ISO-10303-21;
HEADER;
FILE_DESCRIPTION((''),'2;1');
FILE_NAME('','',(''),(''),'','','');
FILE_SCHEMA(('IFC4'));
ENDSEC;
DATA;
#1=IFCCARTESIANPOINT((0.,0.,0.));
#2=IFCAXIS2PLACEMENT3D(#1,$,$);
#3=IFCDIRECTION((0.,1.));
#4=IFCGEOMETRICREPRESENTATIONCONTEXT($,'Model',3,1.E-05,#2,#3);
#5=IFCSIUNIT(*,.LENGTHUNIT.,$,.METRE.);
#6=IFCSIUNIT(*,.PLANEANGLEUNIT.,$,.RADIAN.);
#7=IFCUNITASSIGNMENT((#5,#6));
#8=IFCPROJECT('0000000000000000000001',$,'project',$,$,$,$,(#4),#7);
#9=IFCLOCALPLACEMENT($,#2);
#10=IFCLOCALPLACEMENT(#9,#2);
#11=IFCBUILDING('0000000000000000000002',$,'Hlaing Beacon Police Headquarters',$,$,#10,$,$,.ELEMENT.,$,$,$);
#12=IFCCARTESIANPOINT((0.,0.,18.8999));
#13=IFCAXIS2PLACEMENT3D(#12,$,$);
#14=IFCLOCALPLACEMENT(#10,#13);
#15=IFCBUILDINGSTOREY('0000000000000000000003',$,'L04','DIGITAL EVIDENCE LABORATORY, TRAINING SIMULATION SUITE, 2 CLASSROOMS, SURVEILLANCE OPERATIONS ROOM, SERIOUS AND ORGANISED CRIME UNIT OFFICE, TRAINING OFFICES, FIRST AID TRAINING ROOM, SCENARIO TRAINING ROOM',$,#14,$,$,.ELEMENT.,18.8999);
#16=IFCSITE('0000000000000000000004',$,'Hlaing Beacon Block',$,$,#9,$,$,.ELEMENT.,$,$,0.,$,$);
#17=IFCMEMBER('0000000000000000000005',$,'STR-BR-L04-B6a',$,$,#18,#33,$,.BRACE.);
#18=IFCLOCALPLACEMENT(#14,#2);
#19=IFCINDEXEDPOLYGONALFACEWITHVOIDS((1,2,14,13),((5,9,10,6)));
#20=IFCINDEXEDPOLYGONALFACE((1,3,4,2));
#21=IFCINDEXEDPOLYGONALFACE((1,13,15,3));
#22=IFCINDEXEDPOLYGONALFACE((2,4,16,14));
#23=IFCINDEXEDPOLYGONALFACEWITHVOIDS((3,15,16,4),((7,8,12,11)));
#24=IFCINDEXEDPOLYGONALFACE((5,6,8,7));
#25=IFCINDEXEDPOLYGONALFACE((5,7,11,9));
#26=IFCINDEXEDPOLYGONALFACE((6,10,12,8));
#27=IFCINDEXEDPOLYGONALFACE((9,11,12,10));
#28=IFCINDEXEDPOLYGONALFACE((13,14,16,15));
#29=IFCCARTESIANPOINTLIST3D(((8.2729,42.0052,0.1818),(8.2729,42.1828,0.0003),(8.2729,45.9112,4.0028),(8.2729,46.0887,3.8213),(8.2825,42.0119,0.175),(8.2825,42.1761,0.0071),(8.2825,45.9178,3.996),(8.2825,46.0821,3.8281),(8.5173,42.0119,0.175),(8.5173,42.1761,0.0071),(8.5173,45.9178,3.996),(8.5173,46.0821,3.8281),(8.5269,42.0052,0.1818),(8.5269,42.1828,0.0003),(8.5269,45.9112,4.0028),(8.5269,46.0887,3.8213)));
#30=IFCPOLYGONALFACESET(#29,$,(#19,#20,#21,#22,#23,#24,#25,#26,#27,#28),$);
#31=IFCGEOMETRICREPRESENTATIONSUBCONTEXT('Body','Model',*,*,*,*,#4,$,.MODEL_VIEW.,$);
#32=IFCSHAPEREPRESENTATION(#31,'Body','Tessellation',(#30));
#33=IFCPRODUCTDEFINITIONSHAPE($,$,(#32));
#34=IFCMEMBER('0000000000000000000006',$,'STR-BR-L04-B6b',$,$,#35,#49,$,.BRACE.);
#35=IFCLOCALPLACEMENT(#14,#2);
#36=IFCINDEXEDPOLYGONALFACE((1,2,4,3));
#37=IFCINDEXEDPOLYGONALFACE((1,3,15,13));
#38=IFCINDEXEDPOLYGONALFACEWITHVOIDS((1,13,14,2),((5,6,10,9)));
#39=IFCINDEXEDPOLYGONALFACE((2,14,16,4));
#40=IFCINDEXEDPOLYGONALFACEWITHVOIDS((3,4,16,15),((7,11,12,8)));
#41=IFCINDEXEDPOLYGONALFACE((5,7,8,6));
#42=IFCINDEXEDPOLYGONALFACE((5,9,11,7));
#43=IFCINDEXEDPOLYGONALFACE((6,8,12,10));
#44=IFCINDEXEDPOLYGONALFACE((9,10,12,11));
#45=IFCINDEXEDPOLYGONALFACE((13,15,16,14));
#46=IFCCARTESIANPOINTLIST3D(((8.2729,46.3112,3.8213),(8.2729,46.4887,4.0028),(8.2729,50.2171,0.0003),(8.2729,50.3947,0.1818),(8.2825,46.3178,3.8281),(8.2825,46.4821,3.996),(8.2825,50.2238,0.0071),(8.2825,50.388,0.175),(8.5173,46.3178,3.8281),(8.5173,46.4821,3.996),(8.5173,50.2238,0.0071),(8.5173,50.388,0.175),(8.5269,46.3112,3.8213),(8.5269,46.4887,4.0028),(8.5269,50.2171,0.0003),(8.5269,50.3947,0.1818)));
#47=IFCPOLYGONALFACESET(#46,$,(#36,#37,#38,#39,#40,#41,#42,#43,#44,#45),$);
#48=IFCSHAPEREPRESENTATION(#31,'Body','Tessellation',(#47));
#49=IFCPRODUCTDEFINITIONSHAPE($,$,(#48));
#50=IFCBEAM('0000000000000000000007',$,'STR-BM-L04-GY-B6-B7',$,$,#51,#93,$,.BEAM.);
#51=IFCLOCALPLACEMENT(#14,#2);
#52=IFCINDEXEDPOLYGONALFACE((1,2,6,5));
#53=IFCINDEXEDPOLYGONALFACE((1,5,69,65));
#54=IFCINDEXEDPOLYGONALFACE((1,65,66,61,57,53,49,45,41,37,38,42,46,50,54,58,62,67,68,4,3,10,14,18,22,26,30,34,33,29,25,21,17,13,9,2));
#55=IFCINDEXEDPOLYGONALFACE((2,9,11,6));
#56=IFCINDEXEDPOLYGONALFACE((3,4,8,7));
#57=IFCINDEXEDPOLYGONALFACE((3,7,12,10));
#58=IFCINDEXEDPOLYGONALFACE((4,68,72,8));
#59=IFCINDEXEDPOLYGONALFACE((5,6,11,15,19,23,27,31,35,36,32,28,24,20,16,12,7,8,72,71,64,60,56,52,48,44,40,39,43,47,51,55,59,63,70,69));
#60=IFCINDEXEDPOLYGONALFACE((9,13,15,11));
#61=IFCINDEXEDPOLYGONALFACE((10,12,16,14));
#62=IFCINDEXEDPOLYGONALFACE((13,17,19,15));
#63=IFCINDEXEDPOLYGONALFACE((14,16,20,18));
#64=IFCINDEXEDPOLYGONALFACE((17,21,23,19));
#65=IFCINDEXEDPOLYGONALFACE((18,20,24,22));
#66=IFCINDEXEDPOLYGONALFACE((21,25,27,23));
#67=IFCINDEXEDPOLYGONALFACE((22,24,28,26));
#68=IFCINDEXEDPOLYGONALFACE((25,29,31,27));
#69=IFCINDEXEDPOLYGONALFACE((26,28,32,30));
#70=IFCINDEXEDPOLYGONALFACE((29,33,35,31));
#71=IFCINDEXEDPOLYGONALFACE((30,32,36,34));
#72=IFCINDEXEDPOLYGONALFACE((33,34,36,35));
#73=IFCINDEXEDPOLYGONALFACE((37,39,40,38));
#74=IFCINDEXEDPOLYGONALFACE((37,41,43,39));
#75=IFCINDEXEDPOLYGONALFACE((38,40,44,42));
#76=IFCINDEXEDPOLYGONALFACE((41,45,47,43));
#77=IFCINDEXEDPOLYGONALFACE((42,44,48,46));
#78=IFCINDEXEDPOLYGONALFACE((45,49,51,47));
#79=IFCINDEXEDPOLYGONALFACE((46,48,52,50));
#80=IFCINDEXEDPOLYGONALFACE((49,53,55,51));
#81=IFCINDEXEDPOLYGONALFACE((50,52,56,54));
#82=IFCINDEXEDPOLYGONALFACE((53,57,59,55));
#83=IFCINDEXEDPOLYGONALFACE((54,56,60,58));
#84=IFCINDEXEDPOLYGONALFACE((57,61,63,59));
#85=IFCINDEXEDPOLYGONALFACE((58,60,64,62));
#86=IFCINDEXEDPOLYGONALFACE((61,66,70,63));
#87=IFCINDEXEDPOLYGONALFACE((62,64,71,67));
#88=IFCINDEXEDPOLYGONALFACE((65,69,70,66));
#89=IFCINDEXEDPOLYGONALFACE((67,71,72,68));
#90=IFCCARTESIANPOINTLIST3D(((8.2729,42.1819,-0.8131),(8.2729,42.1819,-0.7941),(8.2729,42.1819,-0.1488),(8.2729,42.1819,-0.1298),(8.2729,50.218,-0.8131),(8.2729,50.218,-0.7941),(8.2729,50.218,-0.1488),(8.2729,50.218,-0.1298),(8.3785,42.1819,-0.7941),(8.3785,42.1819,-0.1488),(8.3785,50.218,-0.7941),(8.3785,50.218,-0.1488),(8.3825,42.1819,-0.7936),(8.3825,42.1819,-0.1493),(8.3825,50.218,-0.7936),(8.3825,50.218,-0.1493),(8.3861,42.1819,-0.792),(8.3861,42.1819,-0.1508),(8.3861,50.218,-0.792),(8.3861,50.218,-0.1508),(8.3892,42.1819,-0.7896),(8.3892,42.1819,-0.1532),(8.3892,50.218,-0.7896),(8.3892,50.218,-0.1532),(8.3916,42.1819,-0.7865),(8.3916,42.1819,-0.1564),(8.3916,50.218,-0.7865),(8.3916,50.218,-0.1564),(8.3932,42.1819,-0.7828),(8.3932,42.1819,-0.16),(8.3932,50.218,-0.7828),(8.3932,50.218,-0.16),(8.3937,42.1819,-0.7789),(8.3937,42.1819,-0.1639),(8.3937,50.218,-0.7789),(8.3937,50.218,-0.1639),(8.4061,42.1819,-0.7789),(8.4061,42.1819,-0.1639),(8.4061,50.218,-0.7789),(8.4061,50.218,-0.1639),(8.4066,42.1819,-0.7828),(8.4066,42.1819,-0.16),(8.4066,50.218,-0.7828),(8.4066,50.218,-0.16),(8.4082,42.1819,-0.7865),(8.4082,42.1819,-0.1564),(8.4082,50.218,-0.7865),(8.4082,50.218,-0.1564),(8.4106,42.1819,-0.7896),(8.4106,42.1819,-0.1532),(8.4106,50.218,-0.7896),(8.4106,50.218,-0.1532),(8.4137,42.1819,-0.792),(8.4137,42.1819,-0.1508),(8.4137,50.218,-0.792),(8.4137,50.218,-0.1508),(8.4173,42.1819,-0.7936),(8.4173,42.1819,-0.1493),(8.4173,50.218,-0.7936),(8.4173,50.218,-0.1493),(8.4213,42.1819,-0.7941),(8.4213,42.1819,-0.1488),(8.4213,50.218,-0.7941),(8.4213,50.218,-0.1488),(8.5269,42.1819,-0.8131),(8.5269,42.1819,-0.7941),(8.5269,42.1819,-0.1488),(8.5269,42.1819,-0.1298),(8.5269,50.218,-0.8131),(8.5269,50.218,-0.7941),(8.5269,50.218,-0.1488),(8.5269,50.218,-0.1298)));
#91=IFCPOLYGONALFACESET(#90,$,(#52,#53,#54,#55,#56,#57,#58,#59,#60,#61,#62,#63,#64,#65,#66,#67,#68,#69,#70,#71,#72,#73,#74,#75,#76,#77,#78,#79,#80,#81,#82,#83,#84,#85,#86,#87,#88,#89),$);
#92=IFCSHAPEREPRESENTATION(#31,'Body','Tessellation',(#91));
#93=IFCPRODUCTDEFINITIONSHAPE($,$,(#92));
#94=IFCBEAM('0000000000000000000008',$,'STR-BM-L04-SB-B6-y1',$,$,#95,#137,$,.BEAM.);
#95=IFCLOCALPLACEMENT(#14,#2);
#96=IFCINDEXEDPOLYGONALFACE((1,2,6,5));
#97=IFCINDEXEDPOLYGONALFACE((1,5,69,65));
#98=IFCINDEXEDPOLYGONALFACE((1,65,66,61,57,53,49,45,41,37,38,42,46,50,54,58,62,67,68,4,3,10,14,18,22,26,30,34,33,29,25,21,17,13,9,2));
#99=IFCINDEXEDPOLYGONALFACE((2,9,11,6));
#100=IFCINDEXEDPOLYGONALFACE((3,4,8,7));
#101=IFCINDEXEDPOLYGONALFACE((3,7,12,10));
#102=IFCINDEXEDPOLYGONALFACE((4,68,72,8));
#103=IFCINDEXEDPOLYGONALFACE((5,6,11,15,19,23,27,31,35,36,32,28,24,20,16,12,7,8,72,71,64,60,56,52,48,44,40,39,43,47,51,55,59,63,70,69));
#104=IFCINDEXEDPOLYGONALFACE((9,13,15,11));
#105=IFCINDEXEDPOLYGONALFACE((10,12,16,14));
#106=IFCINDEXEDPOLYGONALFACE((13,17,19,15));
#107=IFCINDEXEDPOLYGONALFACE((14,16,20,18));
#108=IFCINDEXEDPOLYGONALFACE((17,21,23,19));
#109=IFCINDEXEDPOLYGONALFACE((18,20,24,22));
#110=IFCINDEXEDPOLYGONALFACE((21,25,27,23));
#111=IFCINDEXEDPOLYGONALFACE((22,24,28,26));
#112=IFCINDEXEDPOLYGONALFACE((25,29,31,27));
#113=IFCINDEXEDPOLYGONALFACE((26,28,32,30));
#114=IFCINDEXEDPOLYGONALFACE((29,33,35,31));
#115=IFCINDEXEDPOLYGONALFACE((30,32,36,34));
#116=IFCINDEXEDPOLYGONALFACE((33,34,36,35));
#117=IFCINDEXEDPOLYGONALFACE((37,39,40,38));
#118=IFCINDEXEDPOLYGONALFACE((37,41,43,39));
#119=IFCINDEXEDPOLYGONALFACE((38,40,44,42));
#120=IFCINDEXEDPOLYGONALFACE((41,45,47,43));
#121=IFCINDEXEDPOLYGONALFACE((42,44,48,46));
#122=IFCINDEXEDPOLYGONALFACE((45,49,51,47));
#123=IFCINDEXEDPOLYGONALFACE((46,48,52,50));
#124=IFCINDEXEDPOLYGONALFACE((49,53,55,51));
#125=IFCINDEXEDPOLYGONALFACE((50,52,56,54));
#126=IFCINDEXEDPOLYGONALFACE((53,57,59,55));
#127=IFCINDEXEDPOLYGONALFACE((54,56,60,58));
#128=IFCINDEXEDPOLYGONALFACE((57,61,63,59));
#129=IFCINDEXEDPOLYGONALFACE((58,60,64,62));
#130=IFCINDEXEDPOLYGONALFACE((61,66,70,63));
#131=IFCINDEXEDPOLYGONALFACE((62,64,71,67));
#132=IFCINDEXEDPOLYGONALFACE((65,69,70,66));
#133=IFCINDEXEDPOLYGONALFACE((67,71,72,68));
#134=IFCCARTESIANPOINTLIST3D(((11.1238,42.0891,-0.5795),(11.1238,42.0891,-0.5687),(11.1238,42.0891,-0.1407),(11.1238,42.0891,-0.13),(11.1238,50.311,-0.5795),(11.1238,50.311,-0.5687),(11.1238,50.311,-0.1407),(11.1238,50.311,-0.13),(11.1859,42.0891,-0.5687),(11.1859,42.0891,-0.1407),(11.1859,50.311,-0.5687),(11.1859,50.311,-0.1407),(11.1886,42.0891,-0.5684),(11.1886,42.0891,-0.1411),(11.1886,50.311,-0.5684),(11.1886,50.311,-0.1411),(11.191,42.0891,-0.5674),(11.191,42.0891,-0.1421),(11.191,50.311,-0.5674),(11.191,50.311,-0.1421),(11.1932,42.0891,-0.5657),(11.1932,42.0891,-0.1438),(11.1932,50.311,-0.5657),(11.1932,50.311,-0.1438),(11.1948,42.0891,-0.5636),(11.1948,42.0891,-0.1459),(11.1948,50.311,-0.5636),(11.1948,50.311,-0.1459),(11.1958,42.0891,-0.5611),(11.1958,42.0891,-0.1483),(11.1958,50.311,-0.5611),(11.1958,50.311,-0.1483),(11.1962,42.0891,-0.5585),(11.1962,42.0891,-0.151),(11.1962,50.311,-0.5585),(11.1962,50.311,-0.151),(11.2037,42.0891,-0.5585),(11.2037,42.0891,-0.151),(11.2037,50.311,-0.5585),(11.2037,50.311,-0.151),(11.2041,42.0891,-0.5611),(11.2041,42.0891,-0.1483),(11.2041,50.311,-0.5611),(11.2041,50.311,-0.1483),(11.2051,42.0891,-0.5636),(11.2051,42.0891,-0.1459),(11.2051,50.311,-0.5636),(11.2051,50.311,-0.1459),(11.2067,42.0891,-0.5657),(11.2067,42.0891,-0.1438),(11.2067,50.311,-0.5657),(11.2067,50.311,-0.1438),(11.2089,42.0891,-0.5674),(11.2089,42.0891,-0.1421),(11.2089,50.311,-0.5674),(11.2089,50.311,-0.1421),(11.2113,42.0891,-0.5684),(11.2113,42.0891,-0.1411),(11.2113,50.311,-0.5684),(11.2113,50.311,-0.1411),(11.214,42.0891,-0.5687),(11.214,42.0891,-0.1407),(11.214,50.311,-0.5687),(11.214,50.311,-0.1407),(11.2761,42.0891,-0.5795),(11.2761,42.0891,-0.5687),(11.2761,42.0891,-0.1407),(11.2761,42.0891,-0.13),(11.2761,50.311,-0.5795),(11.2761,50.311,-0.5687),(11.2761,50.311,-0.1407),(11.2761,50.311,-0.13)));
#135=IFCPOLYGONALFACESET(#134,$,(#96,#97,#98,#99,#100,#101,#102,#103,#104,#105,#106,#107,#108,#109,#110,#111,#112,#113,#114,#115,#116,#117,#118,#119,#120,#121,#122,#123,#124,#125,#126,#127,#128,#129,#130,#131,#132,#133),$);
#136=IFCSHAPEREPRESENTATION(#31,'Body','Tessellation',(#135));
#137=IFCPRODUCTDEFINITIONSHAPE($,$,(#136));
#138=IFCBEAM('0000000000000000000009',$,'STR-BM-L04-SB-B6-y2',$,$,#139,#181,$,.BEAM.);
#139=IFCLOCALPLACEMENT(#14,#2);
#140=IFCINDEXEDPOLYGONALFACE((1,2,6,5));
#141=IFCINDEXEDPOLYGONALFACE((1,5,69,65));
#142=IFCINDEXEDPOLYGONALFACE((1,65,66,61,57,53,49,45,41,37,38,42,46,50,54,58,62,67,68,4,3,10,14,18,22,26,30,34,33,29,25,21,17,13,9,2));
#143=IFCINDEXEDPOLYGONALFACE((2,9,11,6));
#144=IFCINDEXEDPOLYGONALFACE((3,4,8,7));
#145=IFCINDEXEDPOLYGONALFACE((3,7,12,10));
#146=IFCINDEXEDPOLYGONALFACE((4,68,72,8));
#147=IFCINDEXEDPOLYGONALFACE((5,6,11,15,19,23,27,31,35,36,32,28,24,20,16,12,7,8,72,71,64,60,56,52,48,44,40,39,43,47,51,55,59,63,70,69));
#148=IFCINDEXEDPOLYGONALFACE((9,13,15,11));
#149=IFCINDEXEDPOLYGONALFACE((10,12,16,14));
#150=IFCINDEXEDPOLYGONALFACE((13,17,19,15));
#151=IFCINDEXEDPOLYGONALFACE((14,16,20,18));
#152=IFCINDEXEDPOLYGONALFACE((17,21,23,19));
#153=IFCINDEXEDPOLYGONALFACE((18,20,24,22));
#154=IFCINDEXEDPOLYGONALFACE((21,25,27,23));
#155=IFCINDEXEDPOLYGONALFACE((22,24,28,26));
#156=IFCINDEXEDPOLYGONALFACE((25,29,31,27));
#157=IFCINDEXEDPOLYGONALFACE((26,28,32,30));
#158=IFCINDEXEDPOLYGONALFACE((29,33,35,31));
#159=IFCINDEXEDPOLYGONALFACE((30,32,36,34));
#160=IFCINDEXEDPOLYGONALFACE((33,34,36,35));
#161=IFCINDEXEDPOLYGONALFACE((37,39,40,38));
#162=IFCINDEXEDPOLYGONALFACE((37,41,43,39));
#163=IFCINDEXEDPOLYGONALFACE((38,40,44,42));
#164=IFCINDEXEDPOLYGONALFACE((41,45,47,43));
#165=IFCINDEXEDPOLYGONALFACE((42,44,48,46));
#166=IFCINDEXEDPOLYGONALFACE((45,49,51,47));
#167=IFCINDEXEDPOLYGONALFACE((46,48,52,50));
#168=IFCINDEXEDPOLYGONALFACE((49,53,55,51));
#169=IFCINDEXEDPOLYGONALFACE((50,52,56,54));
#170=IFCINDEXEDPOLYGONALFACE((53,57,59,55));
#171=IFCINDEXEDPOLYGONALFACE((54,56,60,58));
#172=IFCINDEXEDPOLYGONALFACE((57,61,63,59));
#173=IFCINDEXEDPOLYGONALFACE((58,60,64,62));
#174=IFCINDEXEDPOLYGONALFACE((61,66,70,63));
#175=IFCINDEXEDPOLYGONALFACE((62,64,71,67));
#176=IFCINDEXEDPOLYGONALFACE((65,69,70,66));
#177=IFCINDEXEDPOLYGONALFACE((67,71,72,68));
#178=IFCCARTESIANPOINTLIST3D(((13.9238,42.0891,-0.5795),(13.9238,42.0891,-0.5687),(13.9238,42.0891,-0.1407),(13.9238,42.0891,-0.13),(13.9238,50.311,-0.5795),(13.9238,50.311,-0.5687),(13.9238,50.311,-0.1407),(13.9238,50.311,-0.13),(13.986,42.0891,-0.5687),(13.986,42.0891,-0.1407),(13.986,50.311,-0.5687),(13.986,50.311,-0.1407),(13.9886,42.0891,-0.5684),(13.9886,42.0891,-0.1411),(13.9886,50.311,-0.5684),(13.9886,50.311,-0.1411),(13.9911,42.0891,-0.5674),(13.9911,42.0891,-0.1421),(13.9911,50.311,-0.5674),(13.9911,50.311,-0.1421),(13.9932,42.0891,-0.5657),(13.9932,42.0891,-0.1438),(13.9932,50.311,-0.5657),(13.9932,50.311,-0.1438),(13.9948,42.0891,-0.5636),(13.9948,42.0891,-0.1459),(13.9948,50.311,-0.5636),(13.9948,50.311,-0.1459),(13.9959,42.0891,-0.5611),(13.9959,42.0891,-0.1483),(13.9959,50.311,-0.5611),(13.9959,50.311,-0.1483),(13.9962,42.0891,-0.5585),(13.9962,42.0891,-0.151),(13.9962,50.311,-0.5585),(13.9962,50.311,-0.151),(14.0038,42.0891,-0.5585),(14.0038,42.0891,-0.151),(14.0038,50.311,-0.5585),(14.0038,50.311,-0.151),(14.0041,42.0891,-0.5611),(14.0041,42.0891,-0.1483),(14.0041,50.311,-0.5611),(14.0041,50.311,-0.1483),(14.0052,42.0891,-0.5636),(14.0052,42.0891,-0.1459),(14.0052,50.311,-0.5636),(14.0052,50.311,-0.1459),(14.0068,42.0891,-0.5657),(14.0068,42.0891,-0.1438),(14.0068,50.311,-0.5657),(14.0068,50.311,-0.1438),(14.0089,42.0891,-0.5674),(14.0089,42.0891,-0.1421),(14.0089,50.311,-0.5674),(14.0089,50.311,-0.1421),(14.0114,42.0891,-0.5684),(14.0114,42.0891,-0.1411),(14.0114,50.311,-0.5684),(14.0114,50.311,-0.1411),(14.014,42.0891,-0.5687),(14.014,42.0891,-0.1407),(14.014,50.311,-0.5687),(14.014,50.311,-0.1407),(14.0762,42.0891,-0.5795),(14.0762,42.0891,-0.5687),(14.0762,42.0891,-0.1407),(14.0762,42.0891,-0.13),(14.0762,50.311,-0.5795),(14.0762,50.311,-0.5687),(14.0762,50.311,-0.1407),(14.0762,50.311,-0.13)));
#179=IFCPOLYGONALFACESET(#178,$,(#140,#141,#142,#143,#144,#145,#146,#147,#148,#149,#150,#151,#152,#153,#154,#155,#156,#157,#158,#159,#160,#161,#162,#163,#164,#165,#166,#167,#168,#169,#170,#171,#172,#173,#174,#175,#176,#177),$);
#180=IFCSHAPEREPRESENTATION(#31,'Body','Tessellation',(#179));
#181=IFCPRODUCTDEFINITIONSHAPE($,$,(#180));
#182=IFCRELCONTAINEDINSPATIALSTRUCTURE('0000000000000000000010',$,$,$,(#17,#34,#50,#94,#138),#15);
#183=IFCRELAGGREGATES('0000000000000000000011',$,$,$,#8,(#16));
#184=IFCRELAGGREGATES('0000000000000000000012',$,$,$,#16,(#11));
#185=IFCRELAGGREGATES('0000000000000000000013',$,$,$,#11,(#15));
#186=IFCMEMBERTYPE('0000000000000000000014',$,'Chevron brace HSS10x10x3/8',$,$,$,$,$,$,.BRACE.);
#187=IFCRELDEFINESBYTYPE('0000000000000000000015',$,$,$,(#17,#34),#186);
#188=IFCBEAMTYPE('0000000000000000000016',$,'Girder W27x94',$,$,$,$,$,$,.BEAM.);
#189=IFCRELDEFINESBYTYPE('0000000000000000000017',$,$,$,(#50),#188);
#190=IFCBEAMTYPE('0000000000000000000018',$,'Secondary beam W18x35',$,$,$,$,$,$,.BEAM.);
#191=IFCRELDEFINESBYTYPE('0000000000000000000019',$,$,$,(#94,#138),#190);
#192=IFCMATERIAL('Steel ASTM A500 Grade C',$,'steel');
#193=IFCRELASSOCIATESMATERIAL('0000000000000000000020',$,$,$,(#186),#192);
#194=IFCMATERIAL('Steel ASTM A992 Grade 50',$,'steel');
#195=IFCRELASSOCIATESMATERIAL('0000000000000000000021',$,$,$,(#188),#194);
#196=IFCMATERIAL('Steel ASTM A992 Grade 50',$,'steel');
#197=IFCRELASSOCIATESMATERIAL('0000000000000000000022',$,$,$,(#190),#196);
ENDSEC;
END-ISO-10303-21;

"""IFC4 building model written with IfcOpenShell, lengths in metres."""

from ifc_helpers import new_model, si_unit, direction, frame, origin, origin_2d, place, context, subcontext, project, spatial, hollow_rectangle, i_section, extrude, material, material_profile, profile_set, type_object, element, save


model = new_model("IFC4")

# Units and contexts
model_context = context("Model", 3, precision=1e-05, world=origin(), true_north=direction((0.0, 1.0)))
body_context = subcontext(model_context, "Body", "Model", "MODEL_VIEW")
ifc_project = project(units=[si_unit("LENGTHUNIT", "METRE"), si_unit("PLANEANGLEUNIT", "RADIAN")], contexts=[model_context])

# Site, building, storey
site_placement = place(None, origin())
site = spatial("IfcSite", under=ifc_project, at=site_placement, Name="Hlaing Beacon Block", CompositionType="ELEMENT", RefElevation=0.0)
building_placement = place(site_placement, origin())
building = spatial("IfcBuilding", under=site, at=building_placement, Name="Hlaing Beacon Police Headquarters", CompositionType="ELEMENT")
storey_placement = place(building_placement, frame((0.0, 0.0, 18.8999)))
storey = spatial("IfcBuildingStorey", under=building, at=storey_placement, Name="L04", Description="DIGITAL EVIDENCE LABORATORY, TRAINING SIMULATION SUITE, 2 CLASSROOMS, SURVEILLANCE OPERATIONS ROOM, SERIOUS AND ORGANISED CRIME UNIT OFFICE, TRAINING OFFICES, FIRST AID TRAINING ROOM, SCENARIO TRAINING ROOM", CompositionType="ELEMENT", Elevation=18.8999)

# Members
ifc_material_1 = material(Name="Steel ASTM A500 Grade C", Category="steel")
ifc_material_profile_1 = material_profile(ifc_material_1, hollow_rectangle(XDim=0.2539, YDim=0.2539, WallThickness=0.0095, at=origin_2d()), Name="HSS10x10x3/8")
ifc_profile_set_1 = profile_set([ifc_material_profile_1], Name="Steel ASTM A500 Grade C")
member_type = type_object("IfcMemberType", Name="Chevron brace HSS10x10x3/8", PredefinedType="BRACE", material=ifc_profile_set_1)
for number, where, z_axis, x_axis, name in (
    (1, (8.3999, 42.094, 0.0911), (0.0, 0.714838, 0.69929), (-1.0, 0.0, 0.0), "STR-BR-L04-B6a"),
    (2, (8.3999, 50.3059, 0.0911), (0.0, -0.714838, 0.69929), (1.0, 0.0, 0.0), "STR-BR-L04-B6b"),
):
    element("IfcMember", number, at=place(storey_placement, frame(where, z_axis=z_axis, x_axis=x_axis)), inside=storey, type_object=member_type, Name=name, PredefinedType="BRACE", context=body_context, shape_type="SweptSolid", body=[
        extrude(hollow_rectangle(XDim=0.2539, YDim=0.2539, WallThickness=0.0095, at=origin_2d()), origin(), (0.0, 0.0, 1.0), 5.4641),
    ])

# Beams
ifc_material_2 = material(Name="Steel ASTM A992 Grade 50", Category="steel")
ifc_material_profile_2 = material_profile(ifc_material_2, i_section(OverallWidth=0.2539, OverallDepth=0.6833, WebThickness=0.0125, FlangeThickness=0.019, FilletRadius=0.0151, at=origin_2d()), Name="W27x94")
ifc_profile_set_2 = profile_set([ifc_material_profile_2], Name="Steel ASTM A992 Grade 50")
beam_type_1 = type_object("IfcBeamType", Name="Girder W27x94", PredefinedType="BEAM", material=ifc_profile_set_2)
beam_placement = place(storey_placement, frame((8.3999, 42.1819, -0.4714), z_axis=(0.0, 1.0, 0.0), x_axis=(-1.0, 0.0, 0.0)))
element("IfcBeam", 3, at=beam_placement, inside=storey, type_object=beam_type_1, Name="STR-BM-L04-GY-B6-B7", PredefinedType="BEAM", context=body_context, shape_type="SweptSolid", body=[
    extrude(i_section(OverallWidth=0.2539, OverallDepth=0.6833, WebThickness=0.0125, FlangeThickness=0.019, FilletRadius=0.0151, at=origin_2d()), origin(), (0.0, 0.0, 1.0), 8.0361),
])
ifc_material_3 = material(Name="Steel ASTM A992 Grade 50", Category="steel")
ifc_material_profile_3 = material_profile(ifc_material_3, i_section(OverallWidth=0.1523, OverallDepth=0.4495, WebThickness=0.0076, FlangeThickness=0.0107, FilletRadius=0.0103, at=origin_2d()), Name="W18x35")
ifc_profile_set_3 = profile_set([ifc_material_profile_3], Name="Steel ASTM A992 Grade 50")
beam_type_2 = type_object("IfcBeamType", Name="Secondary beam W18x35", PredefinedType="BEAM", material=ifc_profile_set_3)
for number, where, z_axis, x_axis, name in (
    (4, (11.2, 42.0891, -0.3547), (0.0, 1.0, 0.0), (-1.0, 0.0, 0.0), "STR-BM-L04-SB-B6-y1"),
    (5, (14.0, 42.0891, -0.3547), (0.0, 1.0, 0.0), (-1.0, 0.0, 0.0), "STR-BM-L04-SB-B6-y2"),
):
    element("IfcBeam", number, at=place(storey_placement, frame(where, z_axis=z_axis, x_axis=x_axis)), inside=storey, type_object=beam_type_2, Name=name, PredefinedType="BEAM", context=body_context, shape_type="SweptSolid", body=[
        extrude(i_section(OverallWidth=0.1523, OverallDepth=0.4495, WebThickness=0.0076, FlangeThickness=0.0107, FilletRadius=0.0103, at=origin_2d()), origin(), (0.0, 0.0, 1.0), 8.2219),
    ])

save(model, "model.ifc")
